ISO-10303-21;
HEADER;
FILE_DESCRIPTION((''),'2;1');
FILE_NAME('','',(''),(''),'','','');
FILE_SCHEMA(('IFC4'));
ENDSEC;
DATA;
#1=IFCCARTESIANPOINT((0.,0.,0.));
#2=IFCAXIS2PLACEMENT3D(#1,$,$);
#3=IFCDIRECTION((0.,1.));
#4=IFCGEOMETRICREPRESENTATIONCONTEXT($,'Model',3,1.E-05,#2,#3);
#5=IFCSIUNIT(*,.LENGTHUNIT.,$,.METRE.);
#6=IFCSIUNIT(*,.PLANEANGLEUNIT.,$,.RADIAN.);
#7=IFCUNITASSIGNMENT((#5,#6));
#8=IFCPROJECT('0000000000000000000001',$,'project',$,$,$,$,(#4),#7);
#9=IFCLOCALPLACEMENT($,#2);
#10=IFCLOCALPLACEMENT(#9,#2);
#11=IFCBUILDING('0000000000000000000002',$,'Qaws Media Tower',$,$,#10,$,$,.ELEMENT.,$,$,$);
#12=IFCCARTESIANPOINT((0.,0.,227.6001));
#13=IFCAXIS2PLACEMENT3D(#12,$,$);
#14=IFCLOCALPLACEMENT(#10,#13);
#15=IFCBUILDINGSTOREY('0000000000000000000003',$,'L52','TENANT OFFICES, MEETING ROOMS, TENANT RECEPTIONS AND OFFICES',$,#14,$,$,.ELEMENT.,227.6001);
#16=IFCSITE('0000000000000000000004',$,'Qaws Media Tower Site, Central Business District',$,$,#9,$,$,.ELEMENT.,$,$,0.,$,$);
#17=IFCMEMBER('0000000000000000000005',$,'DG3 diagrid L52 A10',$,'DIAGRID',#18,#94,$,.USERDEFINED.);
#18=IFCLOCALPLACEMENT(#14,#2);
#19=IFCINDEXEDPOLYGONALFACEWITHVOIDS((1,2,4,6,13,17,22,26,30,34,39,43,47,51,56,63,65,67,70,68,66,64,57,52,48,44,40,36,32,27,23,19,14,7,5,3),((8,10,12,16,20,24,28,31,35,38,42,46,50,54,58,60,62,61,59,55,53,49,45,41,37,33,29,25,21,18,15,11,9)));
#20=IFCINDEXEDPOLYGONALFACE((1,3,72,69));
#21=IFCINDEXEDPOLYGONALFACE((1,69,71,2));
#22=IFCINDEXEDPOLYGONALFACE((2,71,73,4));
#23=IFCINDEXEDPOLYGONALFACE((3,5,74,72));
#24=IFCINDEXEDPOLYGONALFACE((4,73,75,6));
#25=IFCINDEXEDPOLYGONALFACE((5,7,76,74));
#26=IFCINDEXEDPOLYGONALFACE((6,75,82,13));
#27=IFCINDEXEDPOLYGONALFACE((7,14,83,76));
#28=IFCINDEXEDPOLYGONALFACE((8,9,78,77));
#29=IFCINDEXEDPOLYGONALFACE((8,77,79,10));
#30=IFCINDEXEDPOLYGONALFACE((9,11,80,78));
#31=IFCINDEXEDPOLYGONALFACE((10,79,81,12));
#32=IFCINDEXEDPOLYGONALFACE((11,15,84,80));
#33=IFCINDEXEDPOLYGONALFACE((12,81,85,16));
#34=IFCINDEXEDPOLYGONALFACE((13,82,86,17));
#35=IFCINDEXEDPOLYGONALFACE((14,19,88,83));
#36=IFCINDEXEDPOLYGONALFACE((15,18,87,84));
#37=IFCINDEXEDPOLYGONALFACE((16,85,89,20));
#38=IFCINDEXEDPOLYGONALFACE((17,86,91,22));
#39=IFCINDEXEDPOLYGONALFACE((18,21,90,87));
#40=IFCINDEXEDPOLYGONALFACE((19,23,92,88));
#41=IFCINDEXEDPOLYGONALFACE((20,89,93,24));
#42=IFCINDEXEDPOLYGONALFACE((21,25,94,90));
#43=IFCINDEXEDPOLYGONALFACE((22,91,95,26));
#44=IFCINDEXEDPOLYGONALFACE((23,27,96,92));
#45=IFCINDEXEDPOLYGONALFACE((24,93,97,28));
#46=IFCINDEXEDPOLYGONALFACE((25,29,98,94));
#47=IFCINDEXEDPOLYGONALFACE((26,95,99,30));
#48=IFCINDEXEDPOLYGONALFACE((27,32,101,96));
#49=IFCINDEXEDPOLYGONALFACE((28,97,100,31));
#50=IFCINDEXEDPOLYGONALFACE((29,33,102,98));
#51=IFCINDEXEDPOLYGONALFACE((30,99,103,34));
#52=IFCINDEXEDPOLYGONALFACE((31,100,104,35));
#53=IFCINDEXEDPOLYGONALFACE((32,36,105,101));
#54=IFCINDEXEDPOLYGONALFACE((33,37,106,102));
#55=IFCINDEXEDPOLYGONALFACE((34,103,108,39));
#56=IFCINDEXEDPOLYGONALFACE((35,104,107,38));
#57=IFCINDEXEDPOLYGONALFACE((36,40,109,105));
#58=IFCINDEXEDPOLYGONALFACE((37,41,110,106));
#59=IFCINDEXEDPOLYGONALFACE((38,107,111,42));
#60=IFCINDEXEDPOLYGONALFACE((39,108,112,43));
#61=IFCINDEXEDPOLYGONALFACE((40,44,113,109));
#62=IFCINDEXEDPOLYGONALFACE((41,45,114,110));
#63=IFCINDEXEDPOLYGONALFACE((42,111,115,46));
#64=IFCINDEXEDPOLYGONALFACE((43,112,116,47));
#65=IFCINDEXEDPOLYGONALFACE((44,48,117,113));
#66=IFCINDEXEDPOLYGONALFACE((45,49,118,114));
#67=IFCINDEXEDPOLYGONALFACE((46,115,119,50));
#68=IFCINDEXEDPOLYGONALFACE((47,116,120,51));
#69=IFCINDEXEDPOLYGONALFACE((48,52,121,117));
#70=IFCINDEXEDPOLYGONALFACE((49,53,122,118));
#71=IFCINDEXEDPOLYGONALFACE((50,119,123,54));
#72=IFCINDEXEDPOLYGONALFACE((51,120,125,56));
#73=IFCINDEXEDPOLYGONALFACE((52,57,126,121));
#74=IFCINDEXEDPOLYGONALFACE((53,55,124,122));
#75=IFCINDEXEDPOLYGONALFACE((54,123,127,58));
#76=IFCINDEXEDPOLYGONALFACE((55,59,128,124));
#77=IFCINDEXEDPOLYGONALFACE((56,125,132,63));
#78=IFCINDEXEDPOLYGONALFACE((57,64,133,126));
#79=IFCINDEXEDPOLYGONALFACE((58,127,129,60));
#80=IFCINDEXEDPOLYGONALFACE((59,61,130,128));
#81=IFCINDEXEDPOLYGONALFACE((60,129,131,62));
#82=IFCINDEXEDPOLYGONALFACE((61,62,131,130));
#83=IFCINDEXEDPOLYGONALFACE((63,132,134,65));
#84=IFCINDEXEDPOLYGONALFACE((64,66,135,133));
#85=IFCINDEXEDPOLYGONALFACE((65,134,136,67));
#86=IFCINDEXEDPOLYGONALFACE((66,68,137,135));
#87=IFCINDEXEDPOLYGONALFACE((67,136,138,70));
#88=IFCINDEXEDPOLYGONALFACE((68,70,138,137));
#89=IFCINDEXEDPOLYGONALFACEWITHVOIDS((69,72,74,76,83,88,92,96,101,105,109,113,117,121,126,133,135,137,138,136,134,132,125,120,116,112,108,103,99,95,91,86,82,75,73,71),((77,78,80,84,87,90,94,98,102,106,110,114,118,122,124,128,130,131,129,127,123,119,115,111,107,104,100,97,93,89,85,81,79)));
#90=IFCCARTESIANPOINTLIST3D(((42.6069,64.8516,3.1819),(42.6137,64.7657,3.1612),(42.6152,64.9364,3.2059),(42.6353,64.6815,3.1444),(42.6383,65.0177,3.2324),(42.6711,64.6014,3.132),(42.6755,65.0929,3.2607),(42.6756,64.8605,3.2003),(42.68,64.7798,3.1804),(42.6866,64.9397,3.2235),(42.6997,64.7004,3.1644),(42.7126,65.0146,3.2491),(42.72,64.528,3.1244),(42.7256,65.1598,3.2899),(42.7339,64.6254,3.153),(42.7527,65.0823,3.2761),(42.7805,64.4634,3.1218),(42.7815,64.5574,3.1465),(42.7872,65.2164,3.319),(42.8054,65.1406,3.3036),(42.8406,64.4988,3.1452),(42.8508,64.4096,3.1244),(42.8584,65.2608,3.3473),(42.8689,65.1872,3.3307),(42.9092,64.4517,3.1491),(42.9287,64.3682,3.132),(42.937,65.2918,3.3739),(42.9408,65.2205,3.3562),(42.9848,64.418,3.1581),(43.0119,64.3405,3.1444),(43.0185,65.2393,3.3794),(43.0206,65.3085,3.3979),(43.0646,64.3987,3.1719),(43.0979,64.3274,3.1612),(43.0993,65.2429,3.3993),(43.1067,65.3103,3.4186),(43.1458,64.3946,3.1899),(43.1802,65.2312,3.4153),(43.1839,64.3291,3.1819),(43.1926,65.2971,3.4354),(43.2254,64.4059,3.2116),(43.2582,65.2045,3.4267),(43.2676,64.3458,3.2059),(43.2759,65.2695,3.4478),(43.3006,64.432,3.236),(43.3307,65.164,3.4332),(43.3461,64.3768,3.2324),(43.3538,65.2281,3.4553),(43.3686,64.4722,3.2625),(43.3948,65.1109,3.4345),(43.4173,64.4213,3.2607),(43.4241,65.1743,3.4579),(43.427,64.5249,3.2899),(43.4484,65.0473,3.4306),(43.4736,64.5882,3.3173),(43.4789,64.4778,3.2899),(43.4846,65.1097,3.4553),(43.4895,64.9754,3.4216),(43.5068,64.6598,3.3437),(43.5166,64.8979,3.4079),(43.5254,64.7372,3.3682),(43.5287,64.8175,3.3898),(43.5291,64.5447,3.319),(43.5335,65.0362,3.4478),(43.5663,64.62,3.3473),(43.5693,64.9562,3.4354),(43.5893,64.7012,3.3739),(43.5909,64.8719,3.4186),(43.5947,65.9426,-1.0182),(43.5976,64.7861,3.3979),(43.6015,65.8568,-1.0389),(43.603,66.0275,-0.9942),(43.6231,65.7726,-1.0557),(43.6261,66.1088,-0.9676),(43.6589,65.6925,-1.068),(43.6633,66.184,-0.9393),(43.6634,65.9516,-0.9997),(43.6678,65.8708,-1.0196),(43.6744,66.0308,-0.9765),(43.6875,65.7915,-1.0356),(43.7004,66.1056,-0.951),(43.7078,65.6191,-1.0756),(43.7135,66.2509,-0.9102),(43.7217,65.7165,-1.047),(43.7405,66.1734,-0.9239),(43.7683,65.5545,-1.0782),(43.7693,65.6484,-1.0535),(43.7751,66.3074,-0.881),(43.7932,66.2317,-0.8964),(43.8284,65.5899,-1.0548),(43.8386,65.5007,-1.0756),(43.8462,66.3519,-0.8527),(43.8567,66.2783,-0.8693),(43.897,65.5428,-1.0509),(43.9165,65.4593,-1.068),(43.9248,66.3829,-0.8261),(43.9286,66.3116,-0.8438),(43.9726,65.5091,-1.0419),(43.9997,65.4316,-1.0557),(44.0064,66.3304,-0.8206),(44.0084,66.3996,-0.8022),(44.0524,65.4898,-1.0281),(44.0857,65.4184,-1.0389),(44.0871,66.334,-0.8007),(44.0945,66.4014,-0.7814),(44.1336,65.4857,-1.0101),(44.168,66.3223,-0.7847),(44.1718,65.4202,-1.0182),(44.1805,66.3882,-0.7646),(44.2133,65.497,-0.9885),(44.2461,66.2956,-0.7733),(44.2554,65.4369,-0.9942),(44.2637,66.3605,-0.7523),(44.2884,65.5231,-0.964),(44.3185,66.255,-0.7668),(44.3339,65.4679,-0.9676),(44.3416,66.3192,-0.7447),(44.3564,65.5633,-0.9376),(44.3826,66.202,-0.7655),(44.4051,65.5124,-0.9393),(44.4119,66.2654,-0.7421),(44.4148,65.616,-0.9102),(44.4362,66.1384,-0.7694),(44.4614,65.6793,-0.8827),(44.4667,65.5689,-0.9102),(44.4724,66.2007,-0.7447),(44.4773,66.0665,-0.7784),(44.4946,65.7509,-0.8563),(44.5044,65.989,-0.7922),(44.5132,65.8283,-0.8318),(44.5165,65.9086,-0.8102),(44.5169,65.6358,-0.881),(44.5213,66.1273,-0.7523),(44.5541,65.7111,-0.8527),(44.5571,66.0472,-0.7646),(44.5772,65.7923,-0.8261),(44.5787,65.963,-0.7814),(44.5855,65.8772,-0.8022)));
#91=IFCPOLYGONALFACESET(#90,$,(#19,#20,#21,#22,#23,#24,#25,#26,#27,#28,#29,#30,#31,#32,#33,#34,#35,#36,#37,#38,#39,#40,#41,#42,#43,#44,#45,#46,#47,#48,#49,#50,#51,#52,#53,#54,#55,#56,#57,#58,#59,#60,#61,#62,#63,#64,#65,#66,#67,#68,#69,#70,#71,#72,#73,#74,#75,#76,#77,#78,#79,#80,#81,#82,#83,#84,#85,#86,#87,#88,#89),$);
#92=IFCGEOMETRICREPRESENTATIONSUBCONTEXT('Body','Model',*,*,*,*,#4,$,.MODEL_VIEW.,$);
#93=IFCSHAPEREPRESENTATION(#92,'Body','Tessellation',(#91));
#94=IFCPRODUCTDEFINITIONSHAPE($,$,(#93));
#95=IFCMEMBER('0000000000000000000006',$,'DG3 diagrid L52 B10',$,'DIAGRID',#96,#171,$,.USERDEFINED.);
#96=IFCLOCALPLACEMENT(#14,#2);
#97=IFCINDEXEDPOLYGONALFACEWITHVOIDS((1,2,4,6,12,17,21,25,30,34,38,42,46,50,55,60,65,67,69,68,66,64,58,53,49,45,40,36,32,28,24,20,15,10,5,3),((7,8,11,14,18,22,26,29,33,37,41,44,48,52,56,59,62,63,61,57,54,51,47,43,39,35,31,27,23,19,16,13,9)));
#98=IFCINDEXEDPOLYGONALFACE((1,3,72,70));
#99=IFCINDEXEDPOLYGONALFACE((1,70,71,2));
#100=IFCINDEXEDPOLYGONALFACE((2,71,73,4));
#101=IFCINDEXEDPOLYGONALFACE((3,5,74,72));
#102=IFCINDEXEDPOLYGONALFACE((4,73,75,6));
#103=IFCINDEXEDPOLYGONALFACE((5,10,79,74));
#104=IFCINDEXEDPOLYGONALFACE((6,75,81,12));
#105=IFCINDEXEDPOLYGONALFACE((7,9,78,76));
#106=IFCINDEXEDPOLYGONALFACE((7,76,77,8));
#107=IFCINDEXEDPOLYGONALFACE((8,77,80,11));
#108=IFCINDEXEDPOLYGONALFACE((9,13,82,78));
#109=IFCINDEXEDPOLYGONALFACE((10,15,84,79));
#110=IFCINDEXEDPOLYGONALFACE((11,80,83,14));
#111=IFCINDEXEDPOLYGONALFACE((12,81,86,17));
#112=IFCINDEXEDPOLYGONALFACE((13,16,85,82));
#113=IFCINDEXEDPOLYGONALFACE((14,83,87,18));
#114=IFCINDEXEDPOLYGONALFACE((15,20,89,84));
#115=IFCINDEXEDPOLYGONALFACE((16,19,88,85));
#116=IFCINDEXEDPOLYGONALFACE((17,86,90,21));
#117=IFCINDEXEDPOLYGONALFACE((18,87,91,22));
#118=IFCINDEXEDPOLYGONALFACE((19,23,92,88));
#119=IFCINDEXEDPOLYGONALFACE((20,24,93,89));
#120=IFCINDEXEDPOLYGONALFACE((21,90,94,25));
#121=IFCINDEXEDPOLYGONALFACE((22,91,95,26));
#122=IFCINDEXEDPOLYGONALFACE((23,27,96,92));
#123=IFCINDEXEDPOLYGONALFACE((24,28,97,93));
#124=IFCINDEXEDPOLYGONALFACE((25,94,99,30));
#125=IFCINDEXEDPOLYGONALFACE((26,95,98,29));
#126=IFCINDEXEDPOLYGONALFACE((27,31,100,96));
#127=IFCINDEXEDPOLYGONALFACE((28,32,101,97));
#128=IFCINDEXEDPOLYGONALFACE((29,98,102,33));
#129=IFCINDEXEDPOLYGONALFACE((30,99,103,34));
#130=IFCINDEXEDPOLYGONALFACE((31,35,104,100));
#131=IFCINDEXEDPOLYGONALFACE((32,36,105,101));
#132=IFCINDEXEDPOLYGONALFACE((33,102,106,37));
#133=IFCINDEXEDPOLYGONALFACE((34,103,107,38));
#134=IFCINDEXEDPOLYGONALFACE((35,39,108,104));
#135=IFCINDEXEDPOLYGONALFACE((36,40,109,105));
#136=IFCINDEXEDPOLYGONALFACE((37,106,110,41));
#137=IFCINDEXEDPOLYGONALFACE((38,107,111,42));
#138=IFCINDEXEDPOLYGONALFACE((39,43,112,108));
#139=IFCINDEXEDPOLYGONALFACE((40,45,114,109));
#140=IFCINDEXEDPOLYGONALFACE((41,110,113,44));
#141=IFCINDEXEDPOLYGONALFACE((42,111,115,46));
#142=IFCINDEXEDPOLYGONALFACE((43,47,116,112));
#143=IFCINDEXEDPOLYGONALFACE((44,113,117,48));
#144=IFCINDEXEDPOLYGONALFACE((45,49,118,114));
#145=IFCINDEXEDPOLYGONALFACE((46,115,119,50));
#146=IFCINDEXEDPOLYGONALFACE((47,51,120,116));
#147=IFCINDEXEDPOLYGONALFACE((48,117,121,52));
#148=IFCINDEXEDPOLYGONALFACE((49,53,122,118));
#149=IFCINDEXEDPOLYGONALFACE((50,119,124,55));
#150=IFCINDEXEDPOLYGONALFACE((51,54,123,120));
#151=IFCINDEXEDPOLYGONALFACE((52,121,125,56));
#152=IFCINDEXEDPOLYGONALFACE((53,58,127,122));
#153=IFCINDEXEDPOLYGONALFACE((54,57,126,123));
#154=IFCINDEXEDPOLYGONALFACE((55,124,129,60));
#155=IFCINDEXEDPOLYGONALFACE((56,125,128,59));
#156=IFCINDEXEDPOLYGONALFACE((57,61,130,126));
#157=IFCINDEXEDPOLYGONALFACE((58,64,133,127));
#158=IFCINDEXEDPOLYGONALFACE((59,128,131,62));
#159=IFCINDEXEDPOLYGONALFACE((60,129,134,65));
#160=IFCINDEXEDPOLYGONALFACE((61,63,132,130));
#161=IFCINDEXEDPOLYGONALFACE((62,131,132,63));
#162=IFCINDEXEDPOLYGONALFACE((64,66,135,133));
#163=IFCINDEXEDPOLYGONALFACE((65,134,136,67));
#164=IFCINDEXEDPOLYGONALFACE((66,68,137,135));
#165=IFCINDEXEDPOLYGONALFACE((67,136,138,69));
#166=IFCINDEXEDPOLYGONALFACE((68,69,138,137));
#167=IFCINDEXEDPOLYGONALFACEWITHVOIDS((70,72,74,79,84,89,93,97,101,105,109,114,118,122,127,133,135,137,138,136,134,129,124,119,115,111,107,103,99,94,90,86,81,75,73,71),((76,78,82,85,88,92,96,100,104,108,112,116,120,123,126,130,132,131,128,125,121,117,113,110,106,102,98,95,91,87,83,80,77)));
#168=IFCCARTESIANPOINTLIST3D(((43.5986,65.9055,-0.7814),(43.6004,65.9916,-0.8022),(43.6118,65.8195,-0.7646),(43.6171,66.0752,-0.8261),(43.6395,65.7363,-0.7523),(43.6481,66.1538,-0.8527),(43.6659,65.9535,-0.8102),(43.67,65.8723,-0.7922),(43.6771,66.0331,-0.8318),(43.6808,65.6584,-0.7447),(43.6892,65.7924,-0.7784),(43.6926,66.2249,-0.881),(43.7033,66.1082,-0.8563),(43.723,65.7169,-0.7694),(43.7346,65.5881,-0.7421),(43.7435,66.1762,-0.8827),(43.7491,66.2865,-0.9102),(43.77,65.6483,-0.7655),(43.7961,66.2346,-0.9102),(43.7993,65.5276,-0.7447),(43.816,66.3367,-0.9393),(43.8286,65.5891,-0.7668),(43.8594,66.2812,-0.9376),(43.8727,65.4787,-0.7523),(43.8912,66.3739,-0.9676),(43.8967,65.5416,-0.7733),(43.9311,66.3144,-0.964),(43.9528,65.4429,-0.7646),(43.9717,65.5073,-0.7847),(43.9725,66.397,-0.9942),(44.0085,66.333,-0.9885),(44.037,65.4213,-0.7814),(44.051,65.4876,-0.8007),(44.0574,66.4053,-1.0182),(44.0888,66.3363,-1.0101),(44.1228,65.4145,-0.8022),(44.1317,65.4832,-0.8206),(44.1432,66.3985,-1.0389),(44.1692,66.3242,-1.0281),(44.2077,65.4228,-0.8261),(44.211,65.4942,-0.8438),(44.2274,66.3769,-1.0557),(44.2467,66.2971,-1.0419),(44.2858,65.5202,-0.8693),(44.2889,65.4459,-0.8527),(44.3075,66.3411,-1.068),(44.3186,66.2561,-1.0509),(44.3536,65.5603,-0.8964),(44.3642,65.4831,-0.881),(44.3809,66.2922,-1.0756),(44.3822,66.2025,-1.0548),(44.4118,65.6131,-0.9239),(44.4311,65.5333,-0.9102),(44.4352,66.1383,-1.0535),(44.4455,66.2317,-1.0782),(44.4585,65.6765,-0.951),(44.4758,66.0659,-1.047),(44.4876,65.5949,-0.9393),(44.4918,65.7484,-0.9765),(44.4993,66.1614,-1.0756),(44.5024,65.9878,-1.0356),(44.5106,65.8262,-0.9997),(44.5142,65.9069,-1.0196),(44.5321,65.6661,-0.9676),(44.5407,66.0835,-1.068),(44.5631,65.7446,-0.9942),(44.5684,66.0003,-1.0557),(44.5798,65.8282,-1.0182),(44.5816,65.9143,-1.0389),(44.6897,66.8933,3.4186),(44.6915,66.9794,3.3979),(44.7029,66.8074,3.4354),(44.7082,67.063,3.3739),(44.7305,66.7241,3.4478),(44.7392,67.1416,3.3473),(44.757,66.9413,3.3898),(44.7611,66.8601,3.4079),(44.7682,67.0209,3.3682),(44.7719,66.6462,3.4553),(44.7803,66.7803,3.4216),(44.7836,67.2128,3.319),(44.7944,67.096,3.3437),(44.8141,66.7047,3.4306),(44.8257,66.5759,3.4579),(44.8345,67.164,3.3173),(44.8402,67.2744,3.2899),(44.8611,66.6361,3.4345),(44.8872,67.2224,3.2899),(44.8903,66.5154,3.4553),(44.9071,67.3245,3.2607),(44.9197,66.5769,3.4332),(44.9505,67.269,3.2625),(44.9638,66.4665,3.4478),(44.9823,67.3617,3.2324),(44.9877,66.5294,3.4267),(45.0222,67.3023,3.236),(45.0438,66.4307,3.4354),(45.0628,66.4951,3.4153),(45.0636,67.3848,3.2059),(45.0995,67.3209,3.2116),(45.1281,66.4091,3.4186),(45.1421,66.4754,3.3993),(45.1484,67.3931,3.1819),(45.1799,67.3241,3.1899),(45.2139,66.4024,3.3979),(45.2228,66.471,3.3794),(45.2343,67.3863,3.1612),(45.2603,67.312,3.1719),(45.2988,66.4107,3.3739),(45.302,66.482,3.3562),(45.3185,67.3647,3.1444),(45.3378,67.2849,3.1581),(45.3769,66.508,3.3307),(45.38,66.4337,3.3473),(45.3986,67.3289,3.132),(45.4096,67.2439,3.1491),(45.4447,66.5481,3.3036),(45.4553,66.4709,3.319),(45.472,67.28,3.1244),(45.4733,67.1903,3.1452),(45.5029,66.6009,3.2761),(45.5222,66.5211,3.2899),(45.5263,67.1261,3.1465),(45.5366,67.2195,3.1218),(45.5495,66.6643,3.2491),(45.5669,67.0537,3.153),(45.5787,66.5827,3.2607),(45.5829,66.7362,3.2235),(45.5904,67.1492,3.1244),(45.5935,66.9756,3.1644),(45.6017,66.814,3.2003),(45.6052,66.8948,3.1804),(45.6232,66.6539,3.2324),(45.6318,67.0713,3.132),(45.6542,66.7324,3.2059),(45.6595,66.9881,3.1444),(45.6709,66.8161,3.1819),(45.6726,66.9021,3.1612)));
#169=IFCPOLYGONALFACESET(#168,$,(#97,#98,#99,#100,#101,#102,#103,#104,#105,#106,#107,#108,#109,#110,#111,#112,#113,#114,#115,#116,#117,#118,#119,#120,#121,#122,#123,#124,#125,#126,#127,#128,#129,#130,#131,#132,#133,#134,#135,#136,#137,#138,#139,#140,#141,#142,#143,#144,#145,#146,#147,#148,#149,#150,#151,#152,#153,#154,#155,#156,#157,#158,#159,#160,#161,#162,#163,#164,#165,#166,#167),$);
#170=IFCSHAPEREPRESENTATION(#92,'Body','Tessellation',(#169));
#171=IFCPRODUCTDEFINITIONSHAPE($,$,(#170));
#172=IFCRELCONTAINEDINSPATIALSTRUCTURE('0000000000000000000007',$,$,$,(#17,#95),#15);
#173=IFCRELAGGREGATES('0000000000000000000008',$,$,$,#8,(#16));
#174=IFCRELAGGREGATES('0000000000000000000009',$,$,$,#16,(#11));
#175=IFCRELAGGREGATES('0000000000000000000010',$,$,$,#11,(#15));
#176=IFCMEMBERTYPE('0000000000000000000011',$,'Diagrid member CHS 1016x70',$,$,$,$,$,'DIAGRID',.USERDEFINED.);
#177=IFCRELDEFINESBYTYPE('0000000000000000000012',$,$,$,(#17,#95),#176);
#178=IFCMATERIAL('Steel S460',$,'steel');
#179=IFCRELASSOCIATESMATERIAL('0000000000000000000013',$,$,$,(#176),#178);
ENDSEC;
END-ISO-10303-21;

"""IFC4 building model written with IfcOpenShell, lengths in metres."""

from ifc_helpers import new_model, si_unit, direction, frame, origin, origin_2d, place, context, subcontext, project, spatial, hollow_circle, extrude, material, material_profile, profile_set, type_object, element, save


model = new_model("IFC4")

# Units and contexts
model_context = context("Model", 3, precision=1e-05, world=origin(), true_north=direction((0.0, 1.0)))
body_context = subcontext(model_context, "Body", "Model", "MODEL_VIEW")
ifc_project = project(units=[si_unit("LENGTHUNIT", "METRE"), si_unit("PLANEANGLEUNIT", "RADIAN")], contexts=[model_context])

# Site, building, storey
site_placement = place(None, origin())
site = spatial("IfcSite", under=ifc_project, at=site_placement, Name="Qaws Media Tower Site, Central Business District", CompositionType="ELEMENT", RefElevation=0.0)
building_placement = place(site_placement, origin())
building = spatial("IfcBuilding", under=site, at=building_placement, Name="Qaws Media Tower", CompositionType="ELEMENT")
storey_placement = place(building_placement, frame((0.0, 0.0, 227.6001)))
storey = spatial("IfcBuildingStorey", under=building, at=storey_placement, Name="L52", Description="TENANT OFFICES, MEETING ROOMS, TENANT RECEPTIONS AND OFFICES", CompositionType="ELEMENT", Elevation=227.6001)

# Members
ifc_material_1 = material(Name="Steel S460", Category="steel")
ifc_material_profile_1 = material_profile(ifc_material_1, hollow_circle(Radius=0.5081, WallThickness=0.0701, at=origin_2d()), Name="CHS 1016x70")
ifc_profile_set_1 = profile_set([ifc_material_profile_1], Name="Steel S460")
member_type_1 = type_object("IfcMemberType", Name="Diagrid member CHS 1016x70", ElementType="DIAGRID", PredefinedType="USERDEFINED", material=ifc_profile_set_1)
for number, where, z_axis, x_axis, name in (
    (1, (44.0901, 65.9099, -0.9102), (-0.221958, -0.245163, 0.943732), (0.74132, -0.671152, 0.0), "DG3 diagrid L52 A10"),
    (2, (44.0901, 65.9099, -0.9102), (0.245163, 0.221958, 0.943732), (-0.671152, 0.74132, 0.0), "DG3 diagrid L52 B10"),
):
    element("IfcMember", number, at=place(storey_placement, frame(where, z_axis=z_axis, x_axis=x_axis)), inside=storey, type_object=member_type_1, Name=name, ObjectType="DIAGRID", PredefinedType="USERDEFINED", context=body_context, shape_type="SweptSolid", body=[
        extrude(hollow_circle(Radius=0.5081, WallThickness=0.0701, at=origin_2d()), origin(), (0.0, 0.0, 1.0), 4.4504),
    ])

save(model, "model.ifc")
